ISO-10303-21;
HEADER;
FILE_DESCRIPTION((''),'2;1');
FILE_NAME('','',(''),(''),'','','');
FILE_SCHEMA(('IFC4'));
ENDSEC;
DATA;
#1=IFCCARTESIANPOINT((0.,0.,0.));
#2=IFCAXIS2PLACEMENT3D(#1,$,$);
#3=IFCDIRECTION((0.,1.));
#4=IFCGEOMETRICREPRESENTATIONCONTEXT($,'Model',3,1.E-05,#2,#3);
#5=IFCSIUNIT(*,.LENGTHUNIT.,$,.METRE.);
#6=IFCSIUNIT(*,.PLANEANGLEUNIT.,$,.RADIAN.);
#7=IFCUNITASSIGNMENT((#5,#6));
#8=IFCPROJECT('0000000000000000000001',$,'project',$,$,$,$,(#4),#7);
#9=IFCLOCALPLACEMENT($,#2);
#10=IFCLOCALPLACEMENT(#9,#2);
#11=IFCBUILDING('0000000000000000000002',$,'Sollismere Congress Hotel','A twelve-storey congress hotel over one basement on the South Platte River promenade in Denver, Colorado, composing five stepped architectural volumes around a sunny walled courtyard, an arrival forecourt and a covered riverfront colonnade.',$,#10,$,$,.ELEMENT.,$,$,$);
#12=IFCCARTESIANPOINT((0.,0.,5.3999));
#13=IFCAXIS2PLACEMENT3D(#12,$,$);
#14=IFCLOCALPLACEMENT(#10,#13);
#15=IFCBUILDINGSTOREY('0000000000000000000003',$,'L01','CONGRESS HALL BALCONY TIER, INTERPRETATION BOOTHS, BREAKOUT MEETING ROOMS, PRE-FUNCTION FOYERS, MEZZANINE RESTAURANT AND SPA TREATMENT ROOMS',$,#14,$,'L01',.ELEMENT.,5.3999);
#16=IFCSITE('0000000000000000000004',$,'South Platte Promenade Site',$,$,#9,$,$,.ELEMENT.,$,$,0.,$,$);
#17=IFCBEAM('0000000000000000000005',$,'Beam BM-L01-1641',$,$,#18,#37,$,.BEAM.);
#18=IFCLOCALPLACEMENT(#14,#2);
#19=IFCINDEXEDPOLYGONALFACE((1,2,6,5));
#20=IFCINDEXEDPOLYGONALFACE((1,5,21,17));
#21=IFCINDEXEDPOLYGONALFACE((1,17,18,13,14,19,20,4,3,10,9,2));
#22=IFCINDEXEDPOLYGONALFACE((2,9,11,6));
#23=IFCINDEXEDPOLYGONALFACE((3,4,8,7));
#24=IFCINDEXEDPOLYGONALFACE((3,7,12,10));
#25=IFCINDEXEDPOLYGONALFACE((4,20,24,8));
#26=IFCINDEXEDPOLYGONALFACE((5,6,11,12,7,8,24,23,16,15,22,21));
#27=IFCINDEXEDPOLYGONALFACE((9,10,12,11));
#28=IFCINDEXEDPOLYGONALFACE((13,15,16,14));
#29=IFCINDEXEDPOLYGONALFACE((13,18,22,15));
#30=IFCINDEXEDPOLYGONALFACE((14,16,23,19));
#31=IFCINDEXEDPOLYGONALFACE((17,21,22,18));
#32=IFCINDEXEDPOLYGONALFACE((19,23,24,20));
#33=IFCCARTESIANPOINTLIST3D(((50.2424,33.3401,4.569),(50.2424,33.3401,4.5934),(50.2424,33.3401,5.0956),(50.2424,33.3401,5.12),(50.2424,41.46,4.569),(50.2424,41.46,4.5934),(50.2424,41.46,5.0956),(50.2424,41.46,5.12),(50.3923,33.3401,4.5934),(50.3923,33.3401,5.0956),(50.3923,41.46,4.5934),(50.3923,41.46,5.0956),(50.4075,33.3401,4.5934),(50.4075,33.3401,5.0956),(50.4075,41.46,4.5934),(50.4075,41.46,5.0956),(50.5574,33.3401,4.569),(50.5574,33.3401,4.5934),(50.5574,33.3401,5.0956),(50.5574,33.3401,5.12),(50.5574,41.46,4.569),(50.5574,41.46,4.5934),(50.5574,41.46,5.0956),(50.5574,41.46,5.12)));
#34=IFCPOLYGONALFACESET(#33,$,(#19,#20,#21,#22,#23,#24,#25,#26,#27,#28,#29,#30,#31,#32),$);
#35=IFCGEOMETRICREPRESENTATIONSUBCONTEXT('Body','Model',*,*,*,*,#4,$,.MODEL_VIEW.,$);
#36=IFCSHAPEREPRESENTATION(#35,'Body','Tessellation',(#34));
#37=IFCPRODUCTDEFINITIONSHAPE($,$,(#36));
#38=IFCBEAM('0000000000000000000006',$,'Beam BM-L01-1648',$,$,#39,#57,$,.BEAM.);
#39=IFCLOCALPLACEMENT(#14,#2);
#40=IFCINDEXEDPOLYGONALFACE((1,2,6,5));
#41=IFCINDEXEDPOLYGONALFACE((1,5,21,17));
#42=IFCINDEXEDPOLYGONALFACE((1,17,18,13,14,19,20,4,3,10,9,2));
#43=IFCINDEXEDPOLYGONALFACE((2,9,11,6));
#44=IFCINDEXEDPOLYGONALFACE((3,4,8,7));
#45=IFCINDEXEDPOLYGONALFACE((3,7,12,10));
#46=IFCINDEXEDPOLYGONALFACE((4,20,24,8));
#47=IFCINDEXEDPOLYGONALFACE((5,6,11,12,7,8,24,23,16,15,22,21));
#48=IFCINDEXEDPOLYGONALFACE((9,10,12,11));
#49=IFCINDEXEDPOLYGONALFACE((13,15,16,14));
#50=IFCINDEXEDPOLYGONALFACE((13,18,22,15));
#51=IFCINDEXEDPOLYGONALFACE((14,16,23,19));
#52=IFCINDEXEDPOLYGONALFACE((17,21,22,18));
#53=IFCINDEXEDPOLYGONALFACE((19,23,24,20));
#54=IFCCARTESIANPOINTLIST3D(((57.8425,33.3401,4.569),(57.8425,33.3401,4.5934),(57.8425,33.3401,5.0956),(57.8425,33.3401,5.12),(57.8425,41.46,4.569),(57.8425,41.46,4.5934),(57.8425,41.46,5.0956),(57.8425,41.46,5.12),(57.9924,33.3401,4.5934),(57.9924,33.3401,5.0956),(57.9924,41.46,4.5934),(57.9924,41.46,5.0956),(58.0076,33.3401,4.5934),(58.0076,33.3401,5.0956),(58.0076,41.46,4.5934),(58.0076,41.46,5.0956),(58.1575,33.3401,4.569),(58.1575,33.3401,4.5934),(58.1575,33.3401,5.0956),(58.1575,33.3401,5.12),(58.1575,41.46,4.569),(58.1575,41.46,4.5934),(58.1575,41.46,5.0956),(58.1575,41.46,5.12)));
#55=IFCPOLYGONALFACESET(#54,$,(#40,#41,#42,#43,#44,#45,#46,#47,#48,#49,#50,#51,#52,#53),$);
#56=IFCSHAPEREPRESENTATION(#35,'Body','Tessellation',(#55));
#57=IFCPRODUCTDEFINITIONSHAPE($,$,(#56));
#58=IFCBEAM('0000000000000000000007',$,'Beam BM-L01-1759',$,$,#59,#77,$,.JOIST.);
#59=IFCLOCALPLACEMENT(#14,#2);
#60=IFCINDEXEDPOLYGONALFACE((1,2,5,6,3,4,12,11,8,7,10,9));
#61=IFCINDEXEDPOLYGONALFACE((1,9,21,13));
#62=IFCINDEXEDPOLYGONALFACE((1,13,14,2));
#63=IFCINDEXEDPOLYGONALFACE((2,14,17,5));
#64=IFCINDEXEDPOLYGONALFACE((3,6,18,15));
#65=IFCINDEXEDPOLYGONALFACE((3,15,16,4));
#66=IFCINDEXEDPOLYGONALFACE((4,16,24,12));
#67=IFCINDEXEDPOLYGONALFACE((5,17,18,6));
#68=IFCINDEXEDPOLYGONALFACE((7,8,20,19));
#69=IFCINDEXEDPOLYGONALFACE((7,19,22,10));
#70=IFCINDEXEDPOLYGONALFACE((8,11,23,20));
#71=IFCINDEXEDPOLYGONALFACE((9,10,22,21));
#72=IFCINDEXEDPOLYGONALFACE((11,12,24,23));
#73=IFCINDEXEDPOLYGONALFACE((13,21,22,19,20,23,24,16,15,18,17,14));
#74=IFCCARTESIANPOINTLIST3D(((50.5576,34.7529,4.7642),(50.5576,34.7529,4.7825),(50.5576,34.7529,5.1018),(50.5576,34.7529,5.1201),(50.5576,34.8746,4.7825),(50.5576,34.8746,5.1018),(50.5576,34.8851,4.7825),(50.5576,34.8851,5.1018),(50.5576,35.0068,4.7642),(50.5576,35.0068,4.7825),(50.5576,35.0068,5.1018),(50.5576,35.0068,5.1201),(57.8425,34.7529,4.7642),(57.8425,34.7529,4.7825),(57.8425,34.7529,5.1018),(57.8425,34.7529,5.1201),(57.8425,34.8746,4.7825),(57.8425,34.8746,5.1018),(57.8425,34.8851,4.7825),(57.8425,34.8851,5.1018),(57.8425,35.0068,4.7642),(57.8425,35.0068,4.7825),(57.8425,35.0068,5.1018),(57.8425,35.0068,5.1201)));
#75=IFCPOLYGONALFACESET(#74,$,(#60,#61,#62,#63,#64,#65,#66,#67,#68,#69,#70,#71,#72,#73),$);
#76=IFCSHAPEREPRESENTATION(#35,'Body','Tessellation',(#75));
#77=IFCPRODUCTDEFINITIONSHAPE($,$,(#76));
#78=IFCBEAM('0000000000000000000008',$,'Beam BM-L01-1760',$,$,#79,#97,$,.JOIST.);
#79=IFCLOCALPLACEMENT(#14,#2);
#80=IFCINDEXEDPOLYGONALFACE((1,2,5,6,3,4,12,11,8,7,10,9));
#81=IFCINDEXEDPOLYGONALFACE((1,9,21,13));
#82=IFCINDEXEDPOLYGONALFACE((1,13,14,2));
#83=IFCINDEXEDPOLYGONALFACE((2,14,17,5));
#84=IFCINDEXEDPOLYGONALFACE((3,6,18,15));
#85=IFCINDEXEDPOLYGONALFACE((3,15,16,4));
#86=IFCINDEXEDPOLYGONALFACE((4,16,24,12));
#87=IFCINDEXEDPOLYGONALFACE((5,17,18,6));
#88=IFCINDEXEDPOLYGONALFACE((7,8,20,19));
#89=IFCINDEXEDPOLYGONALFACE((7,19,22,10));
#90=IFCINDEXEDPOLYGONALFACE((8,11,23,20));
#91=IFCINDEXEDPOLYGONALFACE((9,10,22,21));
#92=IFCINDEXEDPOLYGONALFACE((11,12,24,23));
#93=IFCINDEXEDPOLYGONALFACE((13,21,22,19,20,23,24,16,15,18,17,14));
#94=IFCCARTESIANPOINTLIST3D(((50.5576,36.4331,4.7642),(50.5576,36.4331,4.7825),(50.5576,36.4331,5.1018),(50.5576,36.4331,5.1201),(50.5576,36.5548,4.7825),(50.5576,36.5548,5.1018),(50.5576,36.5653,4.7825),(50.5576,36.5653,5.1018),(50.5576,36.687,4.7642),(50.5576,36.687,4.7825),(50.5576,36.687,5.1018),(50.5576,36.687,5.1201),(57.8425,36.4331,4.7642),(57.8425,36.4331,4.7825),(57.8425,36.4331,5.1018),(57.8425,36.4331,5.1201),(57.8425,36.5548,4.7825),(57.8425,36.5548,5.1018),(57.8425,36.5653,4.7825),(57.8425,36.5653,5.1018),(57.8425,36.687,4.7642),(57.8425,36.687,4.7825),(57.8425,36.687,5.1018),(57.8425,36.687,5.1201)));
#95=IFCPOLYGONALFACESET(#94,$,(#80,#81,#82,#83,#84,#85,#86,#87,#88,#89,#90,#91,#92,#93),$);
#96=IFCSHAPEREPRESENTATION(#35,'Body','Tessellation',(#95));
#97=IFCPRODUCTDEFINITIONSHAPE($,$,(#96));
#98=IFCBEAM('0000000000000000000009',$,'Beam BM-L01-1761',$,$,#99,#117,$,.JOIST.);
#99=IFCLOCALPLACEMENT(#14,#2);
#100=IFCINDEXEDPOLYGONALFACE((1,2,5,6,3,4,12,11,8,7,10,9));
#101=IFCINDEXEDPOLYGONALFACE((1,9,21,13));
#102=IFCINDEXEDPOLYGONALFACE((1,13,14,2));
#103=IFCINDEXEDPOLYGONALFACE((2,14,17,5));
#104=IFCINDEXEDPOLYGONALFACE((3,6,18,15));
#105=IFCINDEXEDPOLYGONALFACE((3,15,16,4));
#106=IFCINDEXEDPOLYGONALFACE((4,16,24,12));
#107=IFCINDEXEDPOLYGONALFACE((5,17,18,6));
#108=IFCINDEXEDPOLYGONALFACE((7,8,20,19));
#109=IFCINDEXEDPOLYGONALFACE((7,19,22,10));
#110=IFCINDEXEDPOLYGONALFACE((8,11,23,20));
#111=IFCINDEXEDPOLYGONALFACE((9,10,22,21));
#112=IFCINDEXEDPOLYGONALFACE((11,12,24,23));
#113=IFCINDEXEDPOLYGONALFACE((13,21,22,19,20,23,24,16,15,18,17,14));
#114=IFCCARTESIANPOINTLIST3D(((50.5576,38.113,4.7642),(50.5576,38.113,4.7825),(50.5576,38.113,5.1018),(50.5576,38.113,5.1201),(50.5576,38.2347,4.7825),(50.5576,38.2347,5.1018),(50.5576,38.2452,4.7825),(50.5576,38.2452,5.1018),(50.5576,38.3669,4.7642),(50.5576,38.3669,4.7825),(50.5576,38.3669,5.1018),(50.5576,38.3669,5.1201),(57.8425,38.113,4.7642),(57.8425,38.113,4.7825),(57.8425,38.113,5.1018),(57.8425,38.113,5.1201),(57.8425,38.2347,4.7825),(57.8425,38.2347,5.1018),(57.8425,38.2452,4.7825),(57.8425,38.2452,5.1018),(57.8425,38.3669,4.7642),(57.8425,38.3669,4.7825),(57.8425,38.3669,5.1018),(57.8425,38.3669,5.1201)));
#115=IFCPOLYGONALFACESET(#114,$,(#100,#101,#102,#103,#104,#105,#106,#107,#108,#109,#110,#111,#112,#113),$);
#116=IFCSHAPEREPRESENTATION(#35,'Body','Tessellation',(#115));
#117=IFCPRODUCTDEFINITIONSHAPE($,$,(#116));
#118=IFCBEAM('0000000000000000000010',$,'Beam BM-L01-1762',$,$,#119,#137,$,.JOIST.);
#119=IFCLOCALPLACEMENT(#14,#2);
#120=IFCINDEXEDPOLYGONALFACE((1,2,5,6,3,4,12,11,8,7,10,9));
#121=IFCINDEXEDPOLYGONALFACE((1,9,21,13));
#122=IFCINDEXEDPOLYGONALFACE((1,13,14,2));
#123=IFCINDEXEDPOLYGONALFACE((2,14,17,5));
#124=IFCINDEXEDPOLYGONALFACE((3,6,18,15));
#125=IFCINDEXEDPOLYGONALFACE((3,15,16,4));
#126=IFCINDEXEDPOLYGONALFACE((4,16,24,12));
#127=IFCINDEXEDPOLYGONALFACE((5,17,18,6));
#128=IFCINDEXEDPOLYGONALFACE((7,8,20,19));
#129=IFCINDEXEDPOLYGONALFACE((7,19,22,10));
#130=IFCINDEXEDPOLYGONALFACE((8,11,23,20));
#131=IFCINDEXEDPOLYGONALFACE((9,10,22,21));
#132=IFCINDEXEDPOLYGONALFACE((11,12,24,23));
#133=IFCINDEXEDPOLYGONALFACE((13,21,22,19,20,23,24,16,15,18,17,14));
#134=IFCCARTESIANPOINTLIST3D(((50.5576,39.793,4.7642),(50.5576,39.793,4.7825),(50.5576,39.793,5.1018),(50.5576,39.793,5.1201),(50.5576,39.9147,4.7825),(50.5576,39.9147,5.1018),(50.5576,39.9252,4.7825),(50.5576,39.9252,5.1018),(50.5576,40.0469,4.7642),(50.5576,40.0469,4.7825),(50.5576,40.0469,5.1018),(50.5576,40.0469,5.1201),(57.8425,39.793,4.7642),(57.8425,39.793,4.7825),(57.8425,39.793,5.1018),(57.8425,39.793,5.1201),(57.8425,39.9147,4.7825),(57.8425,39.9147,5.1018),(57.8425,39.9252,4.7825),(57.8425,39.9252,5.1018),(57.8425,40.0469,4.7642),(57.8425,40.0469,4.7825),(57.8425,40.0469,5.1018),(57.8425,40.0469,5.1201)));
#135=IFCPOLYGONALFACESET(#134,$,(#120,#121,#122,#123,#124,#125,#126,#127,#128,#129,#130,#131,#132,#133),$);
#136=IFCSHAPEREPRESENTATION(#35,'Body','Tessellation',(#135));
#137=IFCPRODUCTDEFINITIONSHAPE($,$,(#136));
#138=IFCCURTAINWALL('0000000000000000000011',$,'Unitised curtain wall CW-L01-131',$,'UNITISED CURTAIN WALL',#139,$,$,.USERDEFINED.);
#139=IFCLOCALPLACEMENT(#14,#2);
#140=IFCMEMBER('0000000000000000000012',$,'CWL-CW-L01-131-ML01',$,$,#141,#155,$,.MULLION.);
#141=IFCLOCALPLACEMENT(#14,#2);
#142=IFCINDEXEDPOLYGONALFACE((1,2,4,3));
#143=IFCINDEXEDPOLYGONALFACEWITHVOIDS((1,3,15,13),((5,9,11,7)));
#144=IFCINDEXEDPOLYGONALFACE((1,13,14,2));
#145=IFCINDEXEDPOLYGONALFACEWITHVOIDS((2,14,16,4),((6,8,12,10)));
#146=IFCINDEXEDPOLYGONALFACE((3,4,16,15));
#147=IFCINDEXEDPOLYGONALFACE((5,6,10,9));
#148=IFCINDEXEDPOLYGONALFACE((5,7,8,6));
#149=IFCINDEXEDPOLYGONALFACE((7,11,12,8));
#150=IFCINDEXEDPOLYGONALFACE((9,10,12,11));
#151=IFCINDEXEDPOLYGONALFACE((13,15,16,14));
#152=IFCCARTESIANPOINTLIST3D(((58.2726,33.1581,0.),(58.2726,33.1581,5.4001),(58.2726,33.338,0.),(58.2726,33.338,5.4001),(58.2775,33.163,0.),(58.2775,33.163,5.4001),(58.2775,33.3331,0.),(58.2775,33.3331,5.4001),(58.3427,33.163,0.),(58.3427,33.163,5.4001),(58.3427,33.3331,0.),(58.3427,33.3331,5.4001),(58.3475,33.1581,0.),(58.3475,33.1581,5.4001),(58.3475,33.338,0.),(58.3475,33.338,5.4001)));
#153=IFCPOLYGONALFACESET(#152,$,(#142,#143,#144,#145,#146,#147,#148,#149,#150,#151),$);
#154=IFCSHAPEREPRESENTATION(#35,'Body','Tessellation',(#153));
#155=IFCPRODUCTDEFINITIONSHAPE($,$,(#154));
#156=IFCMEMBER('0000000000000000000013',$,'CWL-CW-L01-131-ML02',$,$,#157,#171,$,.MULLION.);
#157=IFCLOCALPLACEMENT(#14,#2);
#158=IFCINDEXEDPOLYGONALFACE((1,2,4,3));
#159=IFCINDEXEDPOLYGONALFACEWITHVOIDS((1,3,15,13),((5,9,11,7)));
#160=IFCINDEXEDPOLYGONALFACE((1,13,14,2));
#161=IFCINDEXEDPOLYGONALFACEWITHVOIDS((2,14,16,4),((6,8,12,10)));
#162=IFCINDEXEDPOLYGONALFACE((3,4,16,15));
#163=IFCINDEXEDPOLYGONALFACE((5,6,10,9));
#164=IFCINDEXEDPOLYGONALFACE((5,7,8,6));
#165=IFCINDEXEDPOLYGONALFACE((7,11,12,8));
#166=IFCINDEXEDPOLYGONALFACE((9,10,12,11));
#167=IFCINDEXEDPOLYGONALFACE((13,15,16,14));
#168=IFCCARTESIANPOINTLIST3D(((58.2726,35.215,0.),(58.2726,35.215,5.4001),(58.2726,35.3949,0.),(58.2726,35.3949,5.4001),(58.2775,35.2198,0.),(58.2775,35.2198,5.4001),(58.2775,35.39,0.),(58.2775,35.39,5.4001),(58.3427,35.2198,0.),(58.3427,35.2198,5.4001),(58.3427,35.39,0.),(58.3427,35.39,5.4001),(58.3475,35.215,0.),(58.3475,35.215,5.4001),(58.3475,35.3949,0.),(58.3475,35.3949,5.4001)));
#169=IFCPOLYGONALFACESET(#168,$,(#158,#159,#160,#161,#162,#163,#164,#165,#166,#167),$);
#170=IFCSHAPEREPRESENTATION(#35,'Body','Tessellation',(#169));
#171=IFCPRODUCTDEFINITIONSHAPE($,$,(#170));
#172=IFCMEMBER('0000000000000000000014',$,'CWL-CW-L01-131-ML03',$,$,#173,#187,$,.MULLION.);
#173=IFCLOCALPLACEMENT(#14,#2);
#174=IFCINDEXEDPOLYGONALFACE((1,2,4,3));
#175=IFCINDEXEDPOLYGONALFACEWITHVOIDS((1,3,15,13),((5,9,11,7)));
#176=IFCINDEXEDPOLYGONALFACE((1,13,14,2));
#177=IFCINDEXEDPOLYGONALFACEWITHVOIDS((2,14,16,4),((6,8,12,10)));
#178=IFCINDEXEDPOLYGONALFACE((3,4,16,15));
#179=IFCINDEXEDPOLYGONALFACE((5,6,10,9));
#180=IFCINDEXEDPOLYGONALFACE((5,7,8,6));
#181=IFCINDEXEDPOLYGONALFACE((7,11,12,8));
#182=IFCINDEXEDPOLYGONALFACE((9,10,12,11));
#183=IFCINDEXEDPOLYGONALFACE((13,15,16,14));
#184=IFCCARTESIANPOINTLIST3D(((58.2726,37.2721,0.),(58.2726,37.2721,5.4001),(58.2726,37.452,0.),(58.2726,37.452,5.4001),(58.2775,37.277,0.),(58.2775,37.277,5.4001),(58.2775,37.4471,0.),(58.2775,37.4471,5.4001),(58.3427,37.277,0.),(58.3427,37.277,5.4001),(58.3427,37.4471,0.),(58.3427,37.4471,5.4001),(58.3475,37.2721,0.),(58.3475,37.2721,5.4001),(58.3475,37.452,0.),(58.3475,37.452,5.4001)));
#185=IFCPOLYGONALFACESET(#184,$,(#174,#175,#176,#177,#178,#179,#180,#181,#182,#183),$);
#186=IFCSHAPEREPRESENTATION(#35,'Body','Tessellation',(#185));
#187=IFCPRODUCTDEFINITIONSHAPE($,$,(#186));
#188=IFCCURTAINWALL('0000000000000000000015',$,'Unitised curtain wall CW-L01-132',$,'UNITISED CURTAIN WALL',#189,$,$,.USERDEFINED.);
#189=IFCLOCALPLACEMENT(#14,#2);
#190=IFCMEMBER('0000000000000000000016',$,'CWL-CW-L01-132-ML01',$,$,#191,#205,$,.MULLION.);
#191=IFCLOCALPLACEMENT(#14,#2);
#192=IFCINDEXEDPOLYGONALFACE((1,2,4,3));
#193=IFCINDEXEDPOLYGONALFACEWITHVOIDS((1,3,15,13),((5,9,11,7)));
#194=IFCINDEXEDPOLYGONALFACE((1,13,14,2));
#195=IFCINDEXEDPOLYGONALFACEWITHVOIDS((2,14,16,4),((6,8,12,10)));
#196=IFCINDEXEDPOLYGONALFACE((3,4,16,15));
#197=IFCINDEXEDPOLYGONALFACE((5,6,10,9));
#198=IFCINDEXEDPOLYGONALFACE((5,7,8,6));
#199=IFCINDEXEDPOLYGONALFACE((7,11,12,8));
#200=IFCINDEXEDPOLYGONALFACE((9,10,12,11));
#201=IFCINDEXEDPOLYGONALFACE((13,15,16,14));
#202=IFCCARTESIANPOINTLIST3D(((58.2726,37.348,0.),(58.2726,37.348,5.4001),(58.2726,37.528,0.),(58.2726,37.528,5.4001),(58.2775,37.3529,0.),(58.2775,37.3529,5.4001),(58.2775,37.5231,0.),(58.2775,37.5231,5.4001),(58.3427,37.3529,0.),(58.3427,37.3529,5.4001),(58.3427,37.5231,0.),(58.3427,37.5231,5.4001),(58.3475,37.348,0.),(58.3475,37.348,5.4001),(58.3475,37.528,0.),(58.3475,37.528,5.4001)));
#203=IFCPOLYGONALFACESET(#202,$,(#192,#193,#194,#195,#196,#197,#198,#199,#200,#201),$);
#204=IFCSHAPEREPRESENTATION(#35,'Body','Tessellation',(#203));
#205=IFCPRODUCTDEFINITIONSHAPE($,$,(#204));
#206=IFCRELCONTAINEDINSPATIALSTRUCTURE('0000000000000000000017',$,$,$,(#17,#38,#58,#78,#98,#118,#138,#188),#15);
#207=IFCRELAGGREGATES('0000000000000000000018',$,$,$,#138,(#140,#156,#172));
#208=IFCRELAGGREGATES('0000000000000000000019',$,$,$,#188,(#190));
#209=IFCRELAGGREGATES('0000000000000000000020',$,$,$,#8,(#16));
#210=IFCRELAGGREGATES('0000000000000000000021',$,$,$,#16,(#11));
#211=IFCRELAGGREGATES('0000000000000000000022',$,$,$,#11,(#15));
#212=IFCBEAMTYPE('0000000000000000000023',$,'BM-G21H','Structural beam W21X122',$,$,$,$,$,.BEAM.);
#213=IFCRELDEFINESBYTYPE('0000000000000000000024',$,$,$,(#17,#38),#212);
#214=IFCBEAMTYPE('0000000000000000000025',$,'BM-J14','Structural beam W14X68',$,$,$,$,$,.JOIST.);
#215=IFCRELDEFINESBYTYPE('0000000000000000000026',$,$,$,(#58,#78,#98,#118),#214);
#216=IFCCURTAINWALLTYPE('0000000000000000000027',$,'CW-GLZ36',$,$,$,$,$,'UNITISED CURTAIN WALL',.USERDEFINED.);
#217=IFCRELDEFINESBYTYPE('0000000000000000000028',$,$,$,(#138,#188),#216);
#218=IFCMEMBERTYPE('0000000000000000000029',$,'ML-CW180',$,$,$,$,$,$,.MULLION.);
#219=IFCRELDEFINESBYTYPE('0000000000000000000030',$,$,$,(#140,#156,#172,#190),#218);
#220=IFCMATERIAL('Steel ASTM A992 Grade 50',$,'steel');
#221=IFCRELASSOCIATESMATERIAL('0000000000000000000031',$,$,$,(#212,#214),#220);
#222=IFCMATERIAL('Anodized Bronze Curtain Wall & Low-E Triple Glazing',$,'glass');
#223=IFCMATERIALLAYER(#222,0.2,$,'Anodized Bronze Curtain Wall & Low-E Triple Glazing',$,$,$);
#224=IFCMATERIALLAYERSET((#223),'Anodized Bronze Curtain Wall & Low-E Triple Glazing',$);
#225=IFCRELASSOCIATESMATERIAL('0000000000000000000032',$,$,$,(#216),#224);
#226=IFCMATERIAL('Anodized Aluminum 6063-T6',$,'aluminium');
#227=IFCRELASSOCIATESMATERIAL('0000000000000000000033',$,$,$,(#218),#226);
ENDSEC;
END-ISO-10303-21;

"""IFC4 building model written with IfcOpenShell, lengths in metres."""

from ifc_helpers import new_model, si_unit, direction, frame, origin, origin_2d, place, context, subcontext, project, spatial, hollow_rectangle, i_section, extrude, material, layer, layer_set, material_profile, profile_set, type_object, element, aggregate, save


model = new_model("IFC4")

# Units and contexts
model_context = context("Model", 3, precision=1e-05, world=origin(), true_north=direction((0.0, 1.0)))
body_context = subcontext(model_context, "Body", "Model", "MODEL_VIEW")
ifc_project = project(units=[si_unit("LENGTHUNIT", "METRE"), si_unit("PLANEANGLEUNIT", "RADIAN")], contexts=[model_context])

# Site, building, storey
site_placement = place(None, origin())
site = spatial("IfcSite", under=ifc_project, at=site_placement, Name="South Platte Promenade Site", CompositionType="ELEMENT", RefElevation=0.0)
building_placement = place(site_placement, origin())
building = spatial("IfcBuilding", under=site, at=building_placement, Name="Sollismere Congress Hotel", Description="A twelve-storey congress hotel over one basement on the South Platte River promenade in Denver, Colorado, composing five stepped architectural volumes around a sunny walled courtyard, an arrival forecourt and a covered riverfront colonnade.", CompositionType="ELEMENT")
storey_placement = place(building_placement, frame((0.0, 0.0, 5.3999)))
storey = spatial("IfcBuildingStorey", under=building, at=storey_placement, Name="L01", Description="CONGRESS HALL BALCONY TIER, INTERPRETATION BOOTHS, BREAKOUT MEETING ROOMS, PRE-FUNCTION FOYERS, MEZZANINE RESTAURANT AND SPA TREATMENT ROOMS", LongName="L01", CompositionType="ELEMENT", Elevation=5.3999)

# Beams
ifc_material_1 = material(Name="Steel ASTM A992 Grade 50", Category="steel")
ifc_material_profile_1 = material_profile(ifc_material_1, i_section(OverallWidth=0.3149, OverallDepth=0.551, WebThickness=0.0151, FlangeThickness=0.0244, at=origin_2d()), Name="W21X122")
ifc_profile_set_1 = profile_set([ifc_material_profile_1], Name="Steel ASTM A992 Grade 50")
beam_type_1 = type_object("IfcBeamType", Name="BM-G21H", Description="Structural beam W21X122", PredefinedType="BEAM", material=ifc_profile_set_1)
for number, where, z_axis, x_axis, name in (
    (1, (50.3999, 33.3401, 4.8445), (0.0, 1.0, 0.0), (-1.0, 0.0, 0.0), "Beam BM-L01-1641"),
    (2, (58.0, 33.3401, 4.8445), (0.0, 1.0, 0.0), (-1.0, 0.0, 0.0), "Beam BM-L01-1648"),
):
    element("IfcBeam", number, at=place(storey_placement, frame(where, z_axis=z_axis, x_axis=x_axis)), inside=storey, type_object=beam_type_1, Name=name, PredefinedType="BEAM", context=body_context, shape_type="SweptSolid", body=[
        extrude(i_section(OverallWidth=0.3149, OverallDepth=0.551, WebThickness=0.0151, FlangeThickness=0.0244, at=origin_2d()), origin(), (0.0, 0.0, 1.0), 8.1199),
    ])
ifc_material_profile_2 = material_profile(ifc_material_1, i_section(OverallWidth=0.2539, OverallDepth=0.356, WebThickness=0.0105, FlangeThickness=0.0183, at=origin_2d()), Name="W14X68")
ifc_profile_set_2 = profile_set([ifc_material_profile_2], Name="Steel ASTM A992 Grade 50")
beam_type_2 = type_object("IfcBeamType", Name="BM-J14", Description="Structural beam W14X68", PredefinedType="JOIST", material=ifc_profile_set_2)
for number, where, z_axis, x_axis, name in (
    (3, (50.5576, 34.8799, 4.9421), (1.0, 0.0, 0.0), (0.0, 1.0, 0.0), "Beam BM-L01-1759"),
    (4, (50.5576, 36.5601, 4.9421), (1.0, 0.0, 0.0), (0.0, 1.0, 0.0), "Beam BM-L01-1760"),
    (5, (50.5576, 38.24, 4.9421), (1.0, 0.0, 0.0), (0.0, 1.0, 0.0), "Beam BM-L01-1761"),
    (6, (50.5576, 39.9199, 4.9421), (1.0, 0.0, 0.0), (0.0, 1.0, 0.0), "Beam BM-L01-1762"),
):
    element("IfcBeam", number, at=place(storey_placement, frame(where, z_axis=z_axis, x_axis=x_axis)), inside=storey, type_object=beam_type_2, Name=name, PredefinedType="JOIST", context=body_context, shape_type="SweptSolid", body=[
        extrude(i_section(OverallWidth=0.2539, OverallDepth=0.356, WebThickness=0.0105, FlangeThickness=0.0183, at=origin_2d()), origin(), (0.0, 0.0, 1.0), 7.2849),
    ])

# Curtain walls, members
ifc_material_2 = material(Name="Anodized Bronze Curtain Wall & Low-E Triple Glazing", Category="glass")
ifc_layer_1 = layer(ifc_material_2, 0.2, Name="Anodized Bronze Curtain Wall & Low-E Triple Glazing")
ifc_layer_set_1 = layer_set([ifc_layer_1], Name="Anodized Bronze Curtain Wall & Low-E Triple Glazing")
curtain_wall_type = type_object("IfcCurtainWallType", Name="CW-GLZ36", ElementType="UNITISED CURTAIN WALL", PredefinedType="USERDEFINED", material=ifc_layer_set_1)
curtain_wall_1_placement = place(storey_placement, origin())
curtain_wall_1 = element("IfcCurtainWall", 7, at=curtain_wall_1_placement, inside=storey, type_object=curtain_wall_type, Name="Unitised curtain wall CW-L01-131", ObjectType="UNITISED CURTAIN WALL", PredefinedType="USERDEFINED")
ifc_material_3 = material(Name="Anodized Aluminum 6063-T6", Category="aluminium")
ifc_material_profile_3 = material_profile(ifc_material_3, hollow_rectangle(XDim=0.075, YDim=0.1799, WallThickness=0.0049, at=origin_2d()), Name="ALU180X75X5")
ifc_profile_set_3 = profile_set([ifc_material_profile_3], Name="Anodized Aluminum 6063-T6")
member_type_1 = type_object("IfcMemberType", Name="ML-CW180", PredefinedType="MULLION", material=ifc_profile_set_3)
member_1_placement = place(storey_placement, frame((58.3101, 33.248, 0.0), z_axis=(0.0, 0.0, 1.0), x_axis=(-1.0, 0.0, 0.0)))
member_1 = element("IfcMember", 8, at=member_1_placement, type_object=member_type_1, Name="CWL-CW-L01-131-ML01", PredefinedType="MULLION", context=body_context, shape_type="SweptSolid", body=[
    extrude(hollow_rectangle(XDim=0.075, YDim=0.1799, WallThickness=0.0049, at=origin_2d()), origin(), (0.0, 0.0, 1.0), 5.4001),
])
member_2_placement = place(storey_placement, frame((58.3101, 35.3049, 0.0), z_axis=(0.0, 0.0, 1.0), x_axis=(-1.0, 0.0, 0.0)))
member_2 = element("IfcMember", 9, at=member_2_placement, type_object=member_type_1, Name="CWL-CW-L01-131-ML02", PredefinedType="MULLION", context=body_context, shape_type="SweptSolid", body=[
    extrude(hollow_rectangle(XDim=0.075, YDim=0.1799, WallThickness=0.0049, at=origin_2d()), origin(), (0.0, 0.0, 1.0), 5.4001),
])
member_3_placement = place(storey_placement, frame((58.3101, 37.3621, 0.0), z_axis=(0.0, 0.0, 1.0), x_axis=(-1.0, 0.0, 0.0)))
member_3 = element("IfcMember", 10, at=member_3_placement, type_object=member_type_1, Name="CWL-CW-L01-131-ML03", PredefinedType="MULLION", context=body_context, shape_type="SweptSolid", body=[
    extrude(hollow_rectangle(XDim=0.075, YDim=0.1799, WallThickness=0.0049, at=origin_2d()), origin(), (0.0, 0.0, 1.0), 5.4001),
])
curtain_wall_2_placement = place(storey_placement, origin())
curtain_wall_2 = element("IfcCurtainWall", 11, at=curtain_wall_2_placement, inside=storey, type_object=curtain_wall_type, Name="Unitised curtain wall CW-L01-132", ObjectType="UNITISED CURTAIN WALL", PredefinedType="USERDEFINED")
member_4_placement = place(storey_placement, frame((58.3101, 37.438, 0.0), z_axis=(0.0, 0.0, 1.0), x_axis=(-1.0, 0.0, 0.0)))
member_4 = element("IfcMember", 12, at=member_4_placement, type_object=member_type_1, Name="CWL-CW-L01-132-ML01", PredefinedType="MULLION", context=body_context, shape_type="SweptSolid", body=[
    extrude(hollow_rectangle(XDim=0.075, YDim=0.1799, WallThickness=0.0049, at=origin_2d()), origin(), (0.0, 0.0, 1.0), 5.4001),
])

aggregate(curtain_wall_1, [member_1, member_2, member_3])
aggregate(curtain_wall_2, [member_4])

save(model, "model.ifc")
